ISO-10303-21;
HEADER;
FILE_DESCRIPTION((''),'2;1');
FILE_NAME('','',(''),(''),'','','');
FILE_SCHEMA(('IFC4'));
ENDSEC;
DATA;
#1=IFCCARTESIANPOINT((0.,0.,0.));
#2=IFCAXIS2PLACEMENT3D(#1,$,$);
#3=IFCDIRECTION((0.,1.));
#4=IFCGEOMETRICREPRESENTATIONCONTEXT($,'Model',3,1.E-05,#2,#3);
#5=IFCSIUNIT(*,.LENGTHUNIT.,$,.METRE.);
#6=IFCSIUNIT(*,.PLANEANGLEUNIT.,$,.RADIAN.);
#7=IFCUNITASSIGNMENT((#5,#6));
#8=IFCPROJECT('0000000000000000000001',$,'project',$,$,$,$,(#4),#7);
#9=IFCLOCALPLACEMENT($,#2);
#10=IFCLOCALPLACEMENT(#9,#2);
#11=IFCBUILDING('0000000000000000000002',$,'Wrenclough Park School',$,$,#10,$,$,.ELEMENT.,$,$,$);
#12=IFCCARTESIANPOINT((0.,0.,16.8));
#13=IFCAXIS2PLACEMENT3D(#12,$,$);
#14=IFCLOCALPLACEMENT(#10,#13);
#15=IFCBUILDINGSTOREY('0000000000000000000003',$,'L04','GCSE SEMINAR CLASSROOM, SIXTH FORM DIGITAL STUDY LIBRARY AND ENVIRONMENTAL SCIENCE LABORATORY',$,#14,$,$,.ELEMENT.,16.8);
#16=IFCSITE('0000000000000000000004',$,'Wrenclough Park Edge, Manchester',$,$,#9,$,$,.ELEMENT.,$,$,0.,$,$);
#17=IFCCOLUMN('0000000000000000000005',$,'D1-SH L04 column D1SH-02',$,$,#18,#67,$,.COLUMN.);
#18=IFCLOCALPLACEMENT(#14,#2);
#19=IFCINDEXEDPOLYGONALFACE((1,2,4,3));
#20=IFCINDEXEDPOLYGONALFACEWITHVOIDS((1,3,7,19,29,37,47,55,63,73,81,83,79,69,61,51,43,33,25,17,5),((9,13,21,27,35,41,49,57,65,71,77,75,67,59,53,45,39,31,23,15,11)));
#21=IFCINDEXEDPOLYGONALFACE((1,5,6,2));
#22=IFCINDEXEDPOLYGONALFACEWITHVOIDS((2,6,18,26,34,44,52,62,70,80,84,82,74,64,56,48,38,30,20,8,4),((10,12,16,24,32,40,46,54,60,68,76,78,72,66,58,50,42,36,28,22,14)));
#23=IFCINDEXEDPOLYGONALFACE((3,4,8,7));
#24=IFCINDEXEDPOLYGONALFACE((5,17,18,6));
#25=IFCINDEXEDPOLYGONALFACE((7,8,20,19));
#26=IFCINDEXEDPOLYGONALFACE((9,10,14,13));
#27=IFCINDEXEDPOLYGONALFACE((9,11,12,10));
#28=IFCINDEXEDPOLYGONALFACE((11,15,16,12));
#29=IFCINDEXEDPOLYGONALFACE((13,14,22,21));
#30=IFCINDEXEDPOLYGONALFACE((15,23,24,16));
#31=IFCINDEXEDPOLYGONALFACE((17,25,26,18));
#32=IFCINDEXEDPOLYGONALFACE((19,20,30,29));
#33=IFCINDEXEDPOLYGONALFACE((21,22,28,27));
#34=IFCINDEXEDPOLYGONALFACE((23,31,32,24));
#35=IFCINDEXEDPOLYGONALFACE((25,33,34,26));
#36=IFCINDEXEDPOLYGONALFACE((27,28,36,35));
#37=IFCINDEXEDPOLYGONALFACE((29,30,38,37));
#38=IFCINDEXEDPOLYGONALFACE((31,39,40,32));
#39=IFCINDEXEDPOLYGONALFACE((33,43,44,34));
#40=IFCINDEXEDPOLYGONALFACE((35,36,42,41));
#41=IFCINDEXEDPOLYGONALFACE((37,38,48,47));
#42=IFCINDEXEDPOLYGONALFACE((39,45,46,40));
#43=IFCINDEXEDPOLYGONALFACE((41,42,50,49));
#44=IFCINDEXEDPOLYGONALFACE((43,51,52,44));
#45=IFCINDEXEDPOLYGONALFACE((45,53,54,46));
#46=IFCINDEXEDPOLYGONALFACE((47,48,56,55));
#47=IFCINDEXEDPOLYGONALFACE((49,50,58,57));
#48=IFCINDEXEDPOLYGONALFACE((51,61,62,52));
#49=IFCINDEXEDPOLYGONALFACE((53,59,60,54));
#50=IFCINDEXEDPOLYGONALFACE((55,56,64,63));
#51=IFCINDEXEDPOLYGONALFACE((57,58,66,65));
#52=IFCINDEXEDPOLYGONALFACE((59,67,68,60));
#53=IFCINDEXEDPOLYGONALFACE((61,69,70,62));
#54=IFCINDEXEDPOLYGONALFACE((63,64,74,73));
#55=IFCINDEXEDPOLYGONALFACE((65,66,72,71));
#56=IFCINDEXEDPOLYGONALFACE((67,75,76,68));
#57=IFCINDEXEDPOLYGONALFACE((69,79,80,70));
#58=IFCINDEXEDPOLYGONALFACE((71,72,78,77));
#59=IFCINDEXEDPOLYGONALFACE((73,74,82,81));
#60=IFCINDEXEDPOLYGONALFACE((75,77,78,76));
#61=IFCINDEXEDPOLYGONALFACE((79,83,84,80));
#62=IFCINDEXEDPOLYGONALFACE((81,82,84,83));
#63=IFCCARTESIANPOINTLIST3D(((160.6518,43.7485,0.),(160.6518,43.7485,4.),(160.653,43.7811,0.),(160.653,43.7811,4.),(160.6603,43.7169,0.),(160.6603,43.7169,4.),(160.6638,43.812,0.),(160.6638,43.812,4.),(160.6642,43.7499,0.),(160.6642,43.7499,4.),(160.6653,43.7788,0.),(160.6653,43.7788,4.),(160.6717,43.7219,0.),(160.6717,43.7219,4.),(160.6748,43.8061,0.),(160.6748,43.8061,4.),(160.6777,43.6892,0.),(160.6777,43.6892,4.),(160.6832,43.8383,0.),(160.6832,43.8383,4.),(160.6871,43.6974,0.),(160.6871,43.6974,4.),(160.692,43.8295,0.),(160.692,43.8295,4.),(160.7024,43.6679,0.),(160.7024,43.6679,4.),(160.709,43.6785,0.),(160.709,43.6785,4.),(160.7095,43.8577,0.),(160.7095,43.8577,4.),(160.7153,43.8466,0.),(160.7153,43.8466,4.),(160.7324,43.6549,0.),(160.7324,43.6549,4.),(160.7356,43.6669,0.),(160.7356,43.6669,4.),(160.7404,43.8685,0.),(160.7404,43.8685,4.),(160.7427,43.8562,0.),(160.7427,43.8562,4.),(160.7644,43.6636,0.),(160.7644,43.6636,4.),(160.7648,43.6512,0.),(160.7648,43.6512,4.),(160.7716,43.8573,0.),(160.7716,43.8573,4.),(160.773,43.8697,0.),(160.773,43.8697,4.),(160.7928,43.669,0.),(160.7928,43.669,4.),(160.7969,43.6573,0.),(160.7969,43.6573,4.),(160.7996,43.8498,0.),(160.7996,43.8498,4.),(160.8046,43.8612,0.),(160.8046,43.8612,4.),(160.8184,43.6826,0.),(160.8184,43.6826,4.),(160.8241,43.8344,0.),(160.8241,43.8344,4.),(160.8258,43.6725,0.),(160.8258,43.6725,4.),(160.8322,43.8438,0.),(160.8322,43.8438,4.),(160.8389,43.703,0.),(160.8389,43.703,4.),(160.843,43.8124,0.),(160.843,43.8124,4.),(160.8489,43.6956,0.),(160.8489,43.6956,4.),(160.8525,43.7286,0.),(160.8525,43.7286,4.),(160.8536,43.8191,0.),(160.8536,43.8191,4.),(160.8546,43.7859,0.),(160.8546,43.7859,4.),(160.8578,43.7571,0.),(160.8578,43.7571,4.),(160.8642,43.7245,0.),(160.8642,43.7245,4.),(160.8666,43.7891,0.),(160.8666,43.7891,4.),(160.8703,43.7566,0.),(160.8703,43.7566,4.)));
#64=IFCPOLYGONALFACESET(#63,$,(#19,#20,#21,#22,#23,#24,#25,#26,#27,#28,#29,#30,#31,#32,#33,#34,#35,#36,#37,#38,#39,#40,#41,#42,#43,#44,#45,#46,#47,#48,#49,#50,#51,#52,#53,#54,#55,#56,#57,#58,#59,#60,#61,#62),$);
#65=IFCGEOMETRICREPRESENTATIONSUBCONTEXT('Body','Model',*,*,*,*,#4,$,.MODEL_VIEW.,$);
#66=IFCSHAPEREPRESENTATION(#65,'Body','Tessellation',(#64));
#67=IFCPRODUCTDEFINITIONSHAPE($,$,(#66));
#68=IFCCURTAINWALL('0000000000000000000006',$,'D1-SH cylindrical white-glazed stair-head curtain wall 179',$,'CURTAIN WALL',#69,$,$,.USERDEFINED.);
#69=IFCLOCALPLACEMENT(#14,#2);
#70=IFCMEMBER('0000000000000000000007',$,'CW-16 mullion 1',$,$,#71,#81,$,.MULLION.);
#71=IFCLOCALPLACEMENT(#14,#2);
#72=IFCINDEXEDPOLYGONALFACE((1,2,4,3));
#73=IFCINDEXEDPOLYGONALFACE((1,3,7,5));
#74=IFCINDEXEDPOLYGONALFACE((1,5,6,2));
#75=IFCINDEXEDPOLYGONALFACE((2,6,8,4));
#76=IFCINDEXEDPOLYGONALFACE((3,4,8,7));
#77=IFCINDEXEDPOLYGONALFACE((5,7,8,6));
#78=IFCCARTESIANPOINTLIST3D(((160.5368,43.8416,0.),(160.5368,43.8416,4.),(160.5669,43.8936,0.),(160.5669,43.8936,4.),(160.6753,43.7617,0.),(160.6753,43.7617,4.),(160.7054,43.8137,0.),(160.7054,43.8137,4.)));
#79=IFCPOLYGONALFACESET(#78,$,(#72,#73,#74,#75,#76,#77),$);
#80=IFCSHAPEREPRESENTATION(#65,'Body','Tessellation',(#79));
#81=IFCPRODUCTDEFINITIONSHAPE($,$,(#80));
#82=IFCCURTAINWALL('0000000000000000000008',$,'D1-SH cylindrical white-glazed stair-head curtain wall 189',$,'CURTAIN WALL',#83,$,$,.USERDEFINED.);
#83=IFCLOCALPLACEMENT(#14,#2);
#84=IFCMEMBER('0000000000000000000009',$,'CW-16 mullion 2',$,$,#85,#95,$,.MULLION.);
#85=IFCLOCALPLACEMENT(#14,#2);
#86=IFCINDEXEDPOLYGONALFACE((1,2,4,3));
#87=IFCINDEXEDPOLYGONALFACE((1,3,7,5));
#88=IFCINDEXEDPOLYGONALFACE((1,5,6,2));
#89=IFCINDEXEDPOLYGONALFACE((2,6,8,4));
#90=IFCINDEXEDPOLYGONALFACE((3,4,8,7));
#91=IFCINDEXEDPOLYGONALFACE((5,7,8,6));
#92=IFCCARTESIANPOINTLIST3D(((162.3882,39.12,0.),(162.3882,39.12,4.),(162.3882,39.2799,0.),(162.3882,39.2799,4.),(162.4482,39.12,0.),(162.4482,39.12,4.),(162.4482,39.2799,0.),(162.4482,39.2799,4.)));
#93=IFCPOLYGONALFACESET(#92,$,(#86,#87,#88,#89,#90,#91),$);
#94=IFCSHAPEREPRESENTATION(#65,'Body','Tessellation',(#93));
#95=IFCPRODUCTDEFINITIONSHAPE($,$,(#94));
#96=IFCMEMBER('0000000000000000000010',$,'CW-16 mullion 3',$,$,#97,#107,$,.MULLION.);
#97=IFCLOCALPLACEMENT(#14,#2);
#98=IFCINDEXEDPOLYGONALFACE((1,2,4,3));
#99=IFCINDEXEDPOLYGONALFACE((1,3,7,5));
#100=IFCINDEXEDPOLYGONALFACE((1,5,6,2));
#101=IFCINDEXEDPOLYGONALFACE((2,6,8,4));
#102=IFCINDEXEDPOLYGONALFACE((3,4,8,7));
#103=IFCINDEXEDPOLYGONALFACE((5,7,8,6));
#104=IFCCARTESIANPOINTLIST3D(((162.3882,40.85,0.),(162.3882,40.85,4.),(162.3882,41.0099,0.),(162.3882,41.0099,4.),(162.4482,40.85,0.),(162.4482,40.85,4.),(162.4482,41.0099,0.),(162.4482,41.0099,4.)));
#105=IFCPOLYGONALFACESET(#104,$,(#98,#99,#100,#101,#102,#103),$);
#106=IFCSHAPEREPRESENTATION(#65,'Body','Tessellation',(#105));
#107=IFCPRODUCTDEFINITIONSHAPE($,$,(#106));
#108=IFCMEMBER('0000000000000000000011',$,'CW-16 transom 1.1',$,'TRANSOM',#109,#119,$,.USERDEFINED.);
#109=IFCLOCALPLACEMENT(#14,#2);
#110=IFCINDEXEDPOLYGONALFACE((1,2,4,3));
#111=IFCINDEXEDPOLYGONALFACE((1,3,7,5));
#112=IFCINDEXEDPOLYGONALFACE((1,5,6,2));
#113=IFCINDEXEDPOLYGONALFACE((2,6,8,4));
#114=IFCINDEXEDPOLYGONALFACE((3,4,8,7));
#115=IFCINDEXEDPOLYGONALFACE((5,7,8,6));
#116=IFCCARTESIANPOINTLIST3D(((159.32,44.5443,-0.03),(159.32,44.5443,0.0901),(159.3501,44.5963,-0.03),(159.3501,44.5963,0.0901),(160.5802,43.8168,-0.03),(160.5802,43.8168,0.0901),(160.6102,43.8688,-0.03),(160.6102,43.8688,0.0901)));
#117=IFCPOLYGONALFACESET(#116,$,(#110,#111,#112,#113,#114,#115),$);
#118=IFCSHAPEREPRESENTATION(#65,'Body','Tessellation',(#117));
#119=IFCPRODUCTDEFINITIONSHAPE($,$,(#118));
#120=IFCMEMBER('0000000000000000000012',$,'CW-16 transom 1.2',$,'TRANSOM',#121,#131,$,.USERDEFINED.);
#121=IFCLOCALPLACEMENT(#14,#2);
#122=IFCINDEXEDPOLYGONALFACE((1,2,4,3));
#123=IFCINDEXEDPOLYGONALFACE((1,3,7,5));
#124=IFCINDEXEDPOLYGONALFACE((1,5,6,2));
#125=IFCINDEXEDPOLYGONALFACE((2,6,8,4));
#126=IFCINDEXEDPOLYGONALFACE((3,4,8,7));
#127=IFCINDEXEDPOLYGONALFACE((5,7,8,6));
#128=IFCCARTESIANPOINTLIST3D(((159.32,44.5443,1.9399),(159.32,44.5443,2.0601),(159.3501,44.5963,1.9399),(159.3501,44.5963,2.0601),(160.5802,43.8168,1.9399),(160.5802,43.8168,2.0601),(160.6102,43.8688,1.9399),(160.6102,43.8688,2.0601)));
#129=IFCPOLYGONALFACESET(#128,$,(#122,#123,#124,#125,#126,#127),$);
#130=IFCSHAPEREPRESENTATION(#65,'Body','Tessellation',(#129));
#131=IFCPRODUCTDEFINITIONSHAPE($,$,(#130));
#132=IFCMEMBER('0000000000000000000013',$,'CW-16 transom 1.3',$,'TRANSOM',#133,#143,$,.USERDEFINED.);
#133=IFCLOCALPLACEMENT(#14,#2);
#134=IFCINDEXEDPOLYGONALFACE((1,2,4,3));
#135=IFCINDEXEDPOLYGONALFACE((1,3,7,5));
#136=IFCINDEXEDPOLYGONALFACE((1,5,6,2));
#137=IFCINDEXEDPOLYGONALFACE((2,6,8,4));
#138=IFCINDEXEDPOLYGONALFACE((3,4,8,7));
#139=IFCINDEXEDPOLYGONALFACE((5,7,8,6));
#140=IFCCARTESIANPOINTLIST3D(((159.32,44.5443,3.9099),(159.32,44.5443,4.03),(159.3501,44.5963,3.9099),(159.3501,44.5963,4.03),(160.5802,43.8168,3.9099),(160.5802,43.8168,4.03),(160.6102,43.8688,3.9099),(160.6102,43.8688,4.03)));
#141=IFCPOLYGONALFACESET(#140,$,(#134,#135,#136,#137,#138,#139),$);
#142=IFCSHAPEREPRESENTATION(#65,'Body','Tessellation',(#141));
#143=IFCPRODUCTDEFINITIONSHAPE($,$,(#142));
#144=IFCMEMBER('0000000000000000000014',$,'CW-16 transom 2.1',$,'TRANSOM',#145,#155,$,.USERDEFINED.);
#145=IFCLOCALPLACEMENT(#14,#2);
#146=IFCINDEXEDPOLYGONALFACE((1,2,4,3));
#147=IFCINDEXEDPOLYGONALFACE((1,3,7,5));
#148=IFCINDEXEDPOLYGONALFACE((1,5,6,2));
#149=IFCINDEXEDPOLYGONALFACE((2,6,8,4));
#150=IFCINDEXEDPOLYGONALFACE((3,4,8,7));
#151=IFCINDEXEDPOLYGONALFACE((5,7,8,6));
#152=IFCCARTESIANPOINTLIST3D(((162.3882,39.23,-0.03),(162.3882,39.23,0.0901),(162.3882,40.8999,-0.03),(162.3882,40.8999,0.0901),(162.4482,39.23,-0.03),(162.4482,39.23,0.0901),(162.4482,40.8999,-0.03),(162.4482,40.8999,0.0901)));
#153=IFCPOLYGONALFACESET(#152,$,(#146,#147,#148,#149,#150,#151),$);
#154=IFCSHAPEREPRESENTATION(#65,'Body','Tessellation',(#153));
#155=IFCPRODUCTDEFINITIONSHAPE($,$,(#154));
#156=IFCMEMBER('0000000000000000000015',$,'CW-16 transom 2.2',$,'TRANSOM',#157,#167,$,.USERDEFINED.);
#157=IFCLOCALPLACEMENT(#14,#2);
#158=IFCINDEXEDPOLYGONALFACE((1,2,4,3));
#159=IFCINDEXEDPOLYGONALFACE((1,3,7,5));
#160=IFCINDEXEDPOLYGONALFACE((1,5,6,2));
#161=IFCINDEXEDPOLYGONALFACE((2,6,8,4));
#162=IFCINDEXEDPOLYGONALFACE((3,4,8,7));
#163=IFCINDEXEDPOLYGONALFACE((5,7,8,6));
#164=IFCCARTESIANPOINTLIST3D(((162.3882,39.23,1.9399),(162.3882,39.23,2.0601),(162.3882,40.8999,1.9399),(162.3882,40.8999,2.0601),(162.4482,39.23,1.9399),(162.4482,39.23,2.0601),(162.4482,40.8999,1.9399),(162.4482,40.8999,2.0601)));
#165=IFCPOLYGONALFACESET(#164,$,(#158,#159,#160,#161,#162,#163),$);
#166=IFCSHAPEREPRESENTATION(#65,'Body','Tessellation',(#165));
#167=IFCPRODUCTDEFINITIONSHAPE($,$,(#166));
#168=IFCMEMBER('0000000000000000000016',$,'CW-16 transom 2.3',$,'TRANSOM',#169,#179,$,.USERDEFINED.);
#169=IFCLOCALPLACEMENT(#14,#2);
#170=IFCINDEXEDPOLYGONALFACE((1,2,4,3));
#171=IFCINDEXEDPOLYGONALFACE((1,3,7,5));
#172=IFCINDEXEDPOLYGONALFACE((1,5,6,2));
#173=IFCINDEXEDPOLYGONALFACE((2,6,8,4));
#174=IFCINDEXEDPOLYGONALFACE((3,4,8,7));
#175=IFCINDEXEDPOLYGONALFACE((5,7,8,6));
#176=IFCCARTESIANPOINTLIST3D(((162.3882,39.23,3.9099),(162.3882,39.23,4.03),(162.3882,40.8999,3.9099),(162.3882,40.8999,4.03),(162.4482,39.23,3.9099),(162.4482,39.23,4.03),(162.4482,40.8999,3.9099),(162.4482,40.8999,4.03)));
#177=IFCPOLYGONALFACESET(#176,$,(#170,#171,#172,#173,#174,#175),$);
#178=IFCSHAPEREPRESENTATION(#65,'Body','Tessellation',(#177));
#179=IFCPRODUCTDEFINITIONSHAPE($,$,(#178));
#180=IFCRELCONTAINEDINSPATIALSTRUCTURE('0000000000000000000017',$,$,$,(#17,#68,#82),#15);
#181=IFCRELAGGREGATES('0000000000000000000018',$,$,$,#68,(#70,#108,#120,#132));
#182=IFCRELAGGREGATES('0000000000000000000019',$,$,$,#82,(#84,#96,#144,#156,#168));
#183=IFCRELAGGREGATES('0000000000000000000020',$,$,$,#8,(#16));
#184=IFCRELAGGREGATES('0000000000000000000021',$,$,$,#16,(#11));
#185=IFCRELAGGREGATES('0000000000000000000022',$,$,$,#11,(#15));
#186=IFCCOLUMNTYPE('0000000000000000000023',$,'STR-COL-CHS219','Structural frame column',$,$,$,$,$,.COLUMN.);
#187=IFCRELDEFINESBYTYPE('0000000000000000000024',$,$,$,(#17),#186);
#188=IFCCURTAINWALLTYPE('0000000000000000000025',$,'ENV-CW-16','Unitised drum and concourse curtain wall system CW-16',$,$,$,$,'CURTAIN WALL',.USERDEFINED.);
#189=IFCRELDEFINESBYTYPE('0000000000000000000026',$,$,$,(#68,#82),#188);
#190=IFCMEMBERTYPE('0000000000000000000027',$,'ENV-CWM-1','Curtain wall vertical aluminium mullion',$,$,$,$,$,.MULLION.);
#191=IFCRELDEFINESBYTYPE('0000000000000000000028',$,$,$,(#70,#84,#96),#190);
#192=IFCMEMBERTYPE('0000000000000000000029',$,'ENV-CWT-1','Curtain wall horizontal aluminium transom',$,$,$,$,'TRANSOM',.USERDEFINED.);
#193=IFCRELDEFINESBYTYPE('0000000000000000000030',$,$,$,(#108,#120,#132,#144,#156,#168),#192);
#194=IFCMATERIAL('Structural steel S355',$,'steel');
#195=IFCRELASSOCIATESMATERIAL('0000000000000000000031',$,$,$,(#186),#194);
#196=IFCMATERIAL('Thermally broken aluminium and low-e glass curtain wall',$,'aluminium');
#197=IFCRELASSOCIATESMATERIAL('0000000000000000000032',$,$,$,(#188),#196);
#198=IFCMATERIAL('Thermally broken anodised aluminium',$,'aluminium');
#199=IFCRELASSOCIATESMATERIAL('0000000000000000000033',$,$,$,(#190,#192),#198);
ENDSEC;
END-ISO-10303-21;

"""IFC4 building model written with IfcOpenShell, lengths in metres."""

from ifc_helpers import new_model, si_unit, direction, frame, origin, origin_2d, place, context, subcontext, project, spatial, rectangle, hollow_circle, extrude, material, material_profile, profile_set, type_object, element, aggregate, save


model = new_model("IFC4")

# Units and contexts
model_context = context("Model", 3, precision=1e-05, world=origin(), true_north=direction((0.0, 1.0)))
body_context = subcontext(model_context, "Body", "Model", "MODEL_VIEW")
ifc_project = project(units=[si_unit("LENGTHUNIT", "METRE"), si_unit("PLANEANGLEUNIT", "RADIAN")], contexts=[model_context])

# Site, building, storey
site_placement = place(None, origin())
site = spatial("IfcSite", under=ifc_project, at=site_placement, Name="Wrenclough Park Edge, Manchester", CompositionType="ELEMENT", RefElevation=0.0)
building_placement = place(site_placement, origin())
building = spatial("IfcBuilding", under=site, at=building_placement, Name="Wrenclough Park School", CompositionType="ELEMENT")
storey_placement = place(building_placement, frame((0.0, 0.0, 16.8)))
storey = spatial("IfcBuildingStorey", under=building, at=storey_placement, Name="L04", Description="GCSE SEMINAR CLASSROOM, SIXTH FORM DIGITAL STUDY LIBRARY AND ENVIRONMENTAL SCIENCE LABORATORY", CompositionType="ELEMENT", Elevation=16.8)

# Column
ifc_material_1 = material(Name="Structural steel S355", Category="steel")
ifc_material_profile_1 = material_profile(ifc_material_1, hollow_circle(Radius=0.1096, WallThickness=0.0125, at=origin_2d()), Name="CHS 219.1x12.5")
ifc_profile_set_1 = profile_set([ifc_material_profile_1], Name="Structural steel S355")
column_type = type_object("IfcColumnType", Name="STR-COL-CHS219", Description="Structural frame column", PredefinedType="COLUMN", material=ifc_profile_set_1)
column_placement = place(storey_placement, frame((160.7607, 43.7607, 0.0), z_axis=(0.0, 0.0, 1.0), x_axis=(-0.707107, 0.707107, 0.0)))
element("IfcColumn", 1, at=column_placement, inside=storey, type_object=column_type, Name="D1-SH L04 column D1SH-02", PredefinedType="COLUMN", context=body_context, shape_type="SweptSolid", body=[
    extrude(hollow_circle(Radius=0.1096, WallThickness=0.0125, at=origin_2d()), origin(), (0.0, 0.0, 1.0), 4.0),
])

# Curtain wall, member
ifc_material_2 = material(Name="Thermally broken aluminium and low-e glass curtain wall", Category="aluminium")
curtain_wall_type = type_object("IfcCurtainWallType", Name="ENV-CW-16", Description="Unitised drum and concourse curtain wall system CW-16", ElementType="CURTAIN WALL", PredefinedType="USERDEFINED", material=ifc_material_2)
curtain_wall_1_placement = place(storey_placement, origin())
curtain_wall_1 = element("IfcCurtainWall", 2, at=curtain_wall_1_placement, inside=storey, type_object=curtain_wall_type, Name="D1-SH cylindrical white-glazed stair-head curtain wall 179", ObjectType="CURTAIN WALL", PredefinedType="USERDEFINED")
ifc_material_3 = material(Name="Thermally broken anodised aluminium", Category="aluminium")
ifc_material_profile_2 = material_profile(ifc_material_3, rectangle(XDim=0.0601, YDim=0.1599, at=origin_2d()), Name="AL MULLION 60x160")
ifc_profile_set_2 = profile_set([ifc_material_profile_2], Name="Thermally broken anodised aluminium")
member_type_1 = type_object("IfcMemberType", Name="ENV-CWM-1", Description="Curtain wall vertical aluminium mullion", PredefinedType="MULLION", material=ifc_profile_set_2)
member_1_placement = place(storey_placement, frame((160.6211, 43.8276, 0.0), z_axis=(0.0, 0.0, 1.0), x_axis=(-0.500003, -0.866024, 0.0)))
member_1 = element("IfcMember", 3, at=member_1_placement, type_object=member_type_1, Name="CW-16 mullion 1", PredefinedType="MULLION", context=body_context, shape_type="SweptSolid", body=[
    extrude(rectangle(XDim=0.0601, YDim=0.1599, at=origin_2d()), origin(), (0.0, 0.0, 1.0), 4.0),
])

# Curtain wall, members
curtain_wall_2_placement = place(storey_placement, origin())
curtain_wall_2 = element("IfcCurtainWall", 4, at=curtain_wall_2_placement, inside=storey, type_object=curtain_wall_type, Name="D1-SH cylindrical white-glazed stair-head curtain wall 189", ObjectType="CURTAIN WALL", PredefinedType="USERDEFINED")
member_2_placement = place(storey_placement, frame((162.4182, 39.2, 0.0), z_axis=(0.0, 0.0, 1.0), x_axis=(-1.0, 0.0, 0.0)))
member_2 = element("IfcMember", 5, at=member_2_placement, type_object=member_type_1, Name="CW-16 mullion 2", PredefinedType="MULLION", context=body_context, shape_type="SweptSolid", body=[
    extrude(rectangle(XDim=0.0601, YDim=0.1599, at=origin_2d()), origin(), (0.0, 0.0, 1.0), 4.0),
])
member_3_placement = place(storey_placement, frame((162.4182, 40.9299, 0.0), z_axis=(0.0, 0.0, 1.0), x_axis=(-1.0, 0.0, 0.0)))
member_3 = element("IfcMember", 6, at=member_3_placement, type_object=member_type_1, Name="CW-16 mullion 3", PredefinedType="MULLION", context=body_context, shape_type="SweptSolid", body=[
    extrude(rectangle(XDim=0.0601, YDim=0.1599, at=origin_2d()), origin(), (0.0, 0.0, 1.0), 4.0),
])

# Members
ifc_material_profile_3 = material_profile(ifc_material_3, rectangle(XDim=0.0601, YDim=0.1201, at=origin_2d()), Name="AL TRANSOM 60x120")
ifc_profile_set_3 = profile_set([ifc_material_profile_3], Name="Thermally broken anodised aluminium")
member_type_2 = type_object("IfcMemberType", Name="ENV-CWT-1", Description="Curtain wall horizontal aluminium transom", ElementType="TRANSOM", PredefinedType="USERDEFINED", material=ifc_profile_set_3)
member_4_placement = place(storey_placement, frame((160.5952, 43.8428, 0.03), z_axis=(-0.866046, 0.499965, 0.0), x_axis=(-0.499965, -0.866046, 0.0)))
member_4 = element("IfcMember", 7, at=member_4_placement, type_object=member_type_2, Name="CW-16 transom 1.1", ObjectType="TRANSOM", PredefinedType="USERDEFINED", context=body_context, shape_type="SweptSolid", body=[
    extrude(rectangle(XDim=0.0601, YDim=0.1201, at=origin_2d()), origin(), (0.0, 0.0, 1.0), 1.4551),
])
member_5_placement = place(storey_placement, frame((160.5952, 43.8428, 2.0), z_axis=(-0.866046, 0.499965, 0.0), x_axis=(-0.499965, -0.866046, 0.0)))
member_5 = element("IfcMember", 8, at=member_5_placement, type_object=member_type_2, Name="CW-16 transom 1.2", ObjectType="TRANSOM", PredefinedType="USERDEFINED", context=body_context, shape_type="SweptSolid", body=[
    extrude(rectangle(XDim=0.0601, YDim=0.1201, at=origin_2d()), origin(), (0.0, 0.0, 1.0), 1.4551),
])
member_6_placement = place(storey_placement, frame((160.5952, 43.8428, 3.97), z_axis=(-0.866046, 0.499965, 0.0), x_axis=(-0.499965, -0.866046, 0.0)))
member_6 = element("IfcMember", 9, at=member_6_placement, type_object=member_type_2, Name="CW-16 transom 1.3", ObjectType="TRANSOM", PredefinedType="USERDEFINED", context=body_context, shape_type="SweptSolid", body=[
    extrude(rectangle(XDim=0.0601, YDim=0.1201, at=origin_2d()), origin(), (0.0, 0.0, 1.0), 1.4551),
])
aggregate(curtain_wall_1, [member_1, member_4, member_5, member_6])
member_7_placement = place(storey_placement, frame((162.4182, 39.23, 0.03), z_axis=(0.0, 1.0, 0.0), x_axis=(-1.0, 0.0, 0.0)))
member_7 = element("IfcMember", 10, at=member_7_placement, type_object=member_type_2, Name="CW-16 transom 2.1", ObjectType="TRANSOM", PredefinedType="USERDEFINED", context=body_context, shape_type="SweptSolid", body=[
    extrude(rectangle(XDim=0.0601, YDim=0.1201, at=origin_2d()), origin(), (0.0, 0.0, 1.0), 1.6699),
])
member_8_placement = place(storey_placement, frame((162.4182, 39.23, 2.0), z_axis=(0.0, 1.0, 0.0), x_axis=(-1.0, 0.0, 0.0)))
member_8 = element("IfcMember", 11, at=member_8_placement, type_object=member_type_2, Name="CW-16 transom 2.2", ObjectType="TRANSOM", PredefinedType="USERDEFINED", context=body_context, shape_type="SweptSolid", body=[
    extrude(rectangle(XDim=0.0601, YDim=0.1201, at=origin_2d()), origin(), (0.0, 0.0, 1.0), 1.6699),
])
member_9_placement = place(storey_placement, frame((162.4182, 39.23, 3.97), z_axis=(0.0, 1.0, 0.0), x_axis=(-1.0, 0.0, 0.0)))
member_9 = element("IfcMember", 12, at=member_9_placement, type_object=member_type_2, Name="CW-16 transom 2.3", ObjectType="TRANSOM", PredefinedType="USERDEFINED", context=body_context, shape_type="SweptSolid", body=[
    extrude(rectangle(XDim=0.0601, YDim=0.1201, at=origin_2d()), origin(), (0.0, 0.0, 1.0), 1.6699),
])

aggregate(curtain_wall_2, [member_2, member_3, member_7, member_8, member_9])

save(model, "model.ifc")
